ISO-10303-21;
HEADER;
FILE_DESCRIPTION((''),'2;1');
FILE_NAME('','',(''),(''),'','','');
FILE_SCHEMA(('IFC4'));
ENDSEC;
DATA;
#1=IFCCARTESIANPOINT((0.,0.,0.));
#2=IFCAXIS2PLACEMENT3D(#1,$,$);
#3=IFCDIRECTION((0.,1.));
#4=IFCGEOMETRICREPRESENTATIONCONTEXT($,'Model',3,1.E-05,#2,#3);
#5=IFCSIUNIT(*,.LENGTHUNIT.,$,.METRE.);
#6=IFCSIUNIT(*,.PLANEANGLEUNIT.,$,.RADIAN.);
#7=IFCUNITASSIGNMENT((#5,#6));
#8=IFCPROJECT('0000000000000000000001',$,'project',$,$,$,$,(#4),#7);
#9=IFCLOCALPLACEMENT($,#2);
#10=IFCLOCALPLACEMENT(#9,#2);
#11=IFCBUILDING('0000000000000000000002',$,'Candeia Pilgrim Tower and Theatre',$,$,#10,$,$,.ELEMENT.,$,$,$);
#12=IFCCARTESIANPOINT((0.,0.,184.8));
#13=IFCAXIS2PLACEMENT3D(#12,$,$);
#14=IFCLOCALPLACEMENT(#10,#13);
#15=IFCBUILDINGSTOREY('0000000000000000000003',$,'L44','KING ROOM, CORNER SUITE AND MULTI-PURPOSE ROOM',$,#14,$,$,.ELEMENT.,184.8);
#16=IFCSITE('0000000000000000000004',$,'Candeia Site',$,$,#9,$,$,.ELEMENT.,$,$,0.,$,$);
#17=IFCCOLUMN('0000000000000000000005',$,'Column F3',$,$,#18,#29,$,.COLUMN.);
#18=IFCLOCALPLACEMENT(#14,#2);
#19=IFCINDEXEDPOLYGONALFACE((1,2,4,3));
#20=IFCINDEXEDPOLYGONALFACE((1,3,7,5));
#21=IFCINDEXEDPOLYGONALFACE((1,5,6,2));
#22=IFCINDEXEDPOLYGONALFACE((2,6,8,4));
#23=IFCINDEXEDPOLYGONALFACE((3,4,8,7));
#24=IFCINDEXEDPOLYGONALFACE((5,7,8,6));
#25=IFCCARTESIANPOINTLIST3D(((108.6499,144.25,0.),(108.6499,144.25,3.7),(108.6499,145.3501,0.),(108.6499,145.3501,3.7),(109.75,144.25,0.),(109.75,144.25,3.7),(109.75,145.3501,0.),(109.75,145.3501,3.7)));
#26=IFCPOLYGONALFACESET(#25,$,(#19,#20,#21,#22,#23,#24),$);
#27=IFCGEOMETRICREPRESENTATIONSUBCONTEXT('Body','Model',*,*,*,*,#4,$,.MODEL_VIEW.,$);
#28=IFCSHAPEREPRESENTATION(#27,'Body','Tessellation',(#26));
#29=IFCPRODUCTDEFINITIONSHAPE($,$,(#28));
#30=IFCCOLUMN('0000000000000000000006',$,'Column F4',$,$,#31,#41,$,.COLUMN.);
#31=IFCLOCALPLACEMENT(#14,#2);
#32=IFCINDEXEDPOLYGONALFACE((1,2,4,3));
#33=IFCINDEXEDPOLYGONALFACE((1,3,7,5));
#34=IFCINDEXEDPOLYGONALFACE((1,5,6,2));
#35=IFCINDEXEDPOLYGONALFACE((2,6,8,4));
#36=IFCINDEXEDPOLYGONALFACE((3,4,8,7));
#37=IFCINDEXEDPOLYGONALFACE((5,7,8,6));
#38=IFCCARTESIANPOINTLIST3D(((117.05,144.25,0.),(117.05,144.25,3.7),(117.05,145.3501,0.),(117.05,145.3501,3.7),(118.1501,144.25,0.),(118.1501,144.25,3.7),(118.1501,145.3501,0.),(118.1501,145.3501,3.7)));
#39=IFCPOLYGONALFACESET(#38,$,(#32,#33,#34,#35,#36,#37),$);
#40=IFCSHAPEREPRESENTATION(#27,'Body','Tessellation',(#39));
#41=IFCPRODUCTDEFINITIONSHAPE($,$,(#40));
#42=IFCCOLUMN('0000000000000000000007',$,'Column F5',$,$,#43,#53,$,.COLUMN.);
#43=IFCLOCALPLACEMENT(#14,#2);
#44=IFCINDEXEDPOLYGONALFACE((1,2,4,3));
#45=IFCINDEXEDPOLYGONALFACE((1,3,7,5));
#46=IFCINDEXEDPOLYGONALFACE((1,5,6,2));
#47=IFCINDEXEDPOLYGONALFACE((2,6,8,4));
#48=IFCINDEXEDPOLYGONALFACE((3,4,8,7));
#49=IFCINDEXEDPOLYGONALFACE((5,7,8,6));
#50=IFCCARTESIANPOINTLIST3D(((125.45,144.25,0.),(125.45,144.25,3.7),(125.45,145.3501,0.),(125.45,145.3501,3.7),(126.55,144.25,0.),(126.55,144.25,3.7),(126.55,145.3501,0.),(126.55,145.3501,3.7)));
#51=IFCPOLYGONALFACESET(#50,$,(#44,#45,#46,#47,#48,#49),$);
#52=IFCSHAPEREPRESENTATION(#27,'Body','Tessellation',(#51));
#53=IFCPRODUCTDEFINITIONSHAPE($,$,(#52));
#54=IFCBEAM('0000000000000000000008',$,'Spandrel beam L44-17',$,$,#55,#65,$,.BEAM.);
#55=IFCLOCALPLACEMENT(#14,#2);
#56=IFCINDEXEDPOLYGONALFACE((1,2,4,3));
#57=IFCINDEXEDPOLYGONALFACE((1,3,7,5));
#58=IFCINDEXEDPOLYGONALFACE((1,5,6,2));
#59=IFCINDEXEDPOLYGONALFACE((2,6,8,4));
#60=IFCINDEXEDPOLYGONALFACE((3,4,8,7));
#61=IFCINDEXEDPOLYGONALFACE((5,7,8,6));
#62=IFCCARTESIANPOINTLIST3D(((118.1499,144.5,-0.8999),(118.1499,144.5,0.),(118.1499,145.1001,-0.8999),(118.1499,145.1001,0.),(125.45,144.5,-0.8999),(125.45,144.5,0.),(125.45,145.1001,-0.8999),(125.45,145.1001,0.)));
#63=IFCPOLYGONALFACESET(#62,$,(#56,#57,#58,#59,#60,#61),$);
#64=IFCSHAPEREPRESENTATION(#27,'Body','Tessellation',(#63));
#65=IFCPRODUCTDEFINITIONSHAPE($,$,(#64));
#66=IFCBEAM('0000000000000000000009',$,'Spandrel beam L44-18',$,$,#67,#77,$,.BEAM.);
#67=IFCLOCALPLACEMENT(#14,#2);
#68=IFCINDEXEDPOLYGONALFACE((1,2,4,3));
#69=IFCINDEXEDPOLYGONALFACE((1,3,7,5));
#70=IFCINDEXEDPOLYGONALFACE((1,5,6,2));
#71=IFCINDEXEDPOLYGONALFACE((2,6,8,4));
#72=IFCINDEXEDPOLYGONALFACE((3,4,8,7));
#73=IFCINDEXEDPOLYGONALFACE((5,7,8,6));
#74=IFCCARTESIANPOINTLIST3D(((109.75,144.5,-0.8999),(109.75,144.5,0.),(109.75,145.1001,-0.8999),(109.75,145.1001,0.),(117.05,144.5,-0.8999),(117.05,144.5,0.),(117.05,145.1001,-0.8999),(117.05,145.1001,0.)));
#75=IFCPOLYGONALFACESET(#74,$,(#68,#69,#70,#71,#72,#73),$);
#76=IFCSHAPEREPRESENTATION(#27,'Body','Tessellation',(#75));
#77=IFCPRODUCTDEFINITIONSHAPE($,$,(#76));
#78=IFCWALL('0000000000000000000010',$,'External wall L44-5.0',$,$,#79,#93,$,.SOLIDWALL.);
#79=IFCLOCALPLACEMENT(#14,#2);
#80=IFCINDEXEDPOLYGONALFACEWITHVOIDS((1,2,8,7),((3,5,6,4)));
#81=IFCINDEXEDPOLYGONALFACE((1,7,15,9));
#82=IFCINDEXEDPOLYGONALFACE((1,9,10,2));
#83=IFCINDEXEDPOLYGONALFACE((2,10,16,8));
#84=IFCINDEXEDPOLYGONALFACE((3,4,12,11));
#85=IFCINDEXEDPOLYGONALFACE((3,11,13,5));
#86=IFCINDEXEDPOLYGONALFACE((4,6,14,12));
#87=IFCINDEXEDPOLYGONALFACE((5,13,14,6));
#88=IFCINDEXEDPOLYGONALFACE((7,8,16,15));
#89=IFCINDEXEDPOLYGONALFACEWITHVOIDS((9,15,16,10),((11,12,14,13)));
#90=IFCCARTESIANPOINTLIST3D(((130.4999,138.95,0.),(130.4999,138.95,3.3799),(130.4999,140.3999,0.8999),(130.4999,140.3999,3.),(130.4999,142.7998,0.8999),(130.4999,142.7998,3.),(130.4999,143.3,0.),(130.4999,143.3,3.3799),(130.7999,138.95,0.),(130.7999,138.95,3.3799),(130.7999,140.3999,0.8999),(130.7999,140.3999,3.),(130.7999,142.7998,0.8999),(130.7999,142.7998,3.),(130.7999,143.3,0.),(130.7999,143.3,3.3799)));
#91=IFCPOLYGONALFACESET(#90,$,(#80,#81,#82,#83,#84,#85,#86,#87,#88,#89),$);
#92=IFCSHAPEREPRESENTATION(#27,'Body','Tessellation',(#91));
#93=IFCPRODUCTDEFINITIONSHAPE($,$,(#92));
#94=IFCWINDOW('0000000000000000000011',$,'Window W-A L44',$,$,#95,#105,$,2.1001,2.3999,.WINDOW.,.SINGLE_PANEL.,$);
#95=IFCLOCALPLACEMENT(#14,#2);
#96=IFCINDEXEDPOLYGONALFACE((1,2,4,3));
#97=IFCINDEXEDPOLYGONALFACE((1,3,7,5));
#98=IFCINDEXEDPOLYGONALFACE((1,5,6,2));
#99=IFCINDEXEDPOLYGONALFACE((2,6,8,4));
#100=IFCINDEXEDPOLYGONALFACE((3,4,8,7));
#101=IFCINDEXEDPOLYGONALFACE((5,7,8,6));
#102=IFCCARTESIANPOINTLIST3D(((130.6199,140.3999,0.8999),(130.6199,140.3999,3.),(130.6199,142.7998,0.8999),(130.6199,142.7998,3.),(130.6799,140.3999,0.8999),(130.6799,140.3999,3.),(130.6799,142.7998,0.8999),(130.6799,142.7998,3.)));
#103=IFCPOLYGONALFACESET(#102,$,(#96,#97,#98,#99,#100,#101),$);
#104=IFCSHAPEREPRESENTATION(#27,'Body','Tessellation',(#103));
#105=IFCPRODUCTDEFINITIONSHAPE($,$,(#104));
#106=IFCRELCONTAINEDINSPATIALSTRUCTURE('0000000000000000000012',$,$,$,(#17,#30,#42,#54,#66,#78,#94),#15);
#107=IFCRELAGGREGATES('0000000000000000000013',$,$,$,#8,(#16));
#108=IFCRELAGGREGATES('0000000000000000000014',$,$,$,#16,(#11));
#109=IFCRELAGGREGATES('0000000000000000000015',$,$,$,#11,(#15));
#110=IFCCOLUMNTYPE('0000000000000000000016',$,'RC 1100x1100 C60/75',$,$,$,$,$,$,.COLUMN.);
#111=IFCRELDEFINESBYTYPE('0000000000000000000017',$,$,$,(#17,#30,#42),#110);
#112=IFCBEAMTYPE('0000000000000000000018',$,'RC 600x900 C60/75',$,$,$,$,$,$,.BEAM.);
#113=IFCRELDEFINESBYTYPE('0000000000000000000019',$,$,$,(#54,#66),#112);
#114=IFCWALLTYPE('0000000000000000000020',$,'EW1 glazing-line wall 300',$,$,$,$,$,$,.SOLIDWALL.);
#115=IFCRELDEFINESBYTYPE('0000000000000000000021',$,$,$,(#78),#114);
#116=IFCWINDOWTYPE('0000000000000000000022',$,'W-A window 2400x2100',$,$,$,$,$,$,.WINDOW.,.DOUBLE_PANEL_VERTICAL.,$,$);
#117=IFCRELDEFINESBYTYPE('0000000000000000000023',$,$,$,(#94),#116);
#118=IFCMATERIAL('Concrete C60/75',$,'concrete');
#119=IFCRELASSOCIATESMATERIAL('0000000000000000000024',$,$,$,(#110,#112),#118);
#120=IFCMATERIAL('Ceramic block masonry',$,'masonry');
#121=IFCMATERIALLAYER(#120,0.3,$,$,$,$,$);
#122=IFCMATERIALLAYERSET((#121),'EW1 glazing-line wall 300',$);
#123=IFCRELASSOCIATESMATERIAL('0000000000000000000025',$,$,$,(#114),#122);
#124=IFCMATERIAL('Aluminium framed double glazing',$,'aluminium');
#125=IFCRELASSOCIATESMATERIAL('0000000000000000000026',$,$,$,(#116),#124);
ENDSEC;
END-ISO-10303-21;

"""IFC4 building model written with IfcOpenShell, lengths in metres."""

from ifc_helpers import new_model, si_unit, direction, frame, frame_2d, origin, origin_2d, place, context, subcontext, project, spatial, rectangle, extrude, material, layer, layer_set, material_profile, profile_set, type_object, element, fill, save


model = new_model("IFC4")

# Units and contexts
model_context = context("Model", 3, precision=1e-05, world=origin(), true_north=direction((0.0, 1.0)))
body_context = subcontext(model_context, "Body", "Model", "MODEL_VIEW")
ifc_project = project(units=[si_unit("LENGTHUNIT", "METRE"), si_unit("PLANEANGLEUNIT", "RADIAN")], contexts=[model_context])

# Site, building, storey
site_placement = place(None, origin())
site = spatial("IfcSite", under=ifc_project, at=site_placement, Name="Candeia Site", CompositionType="ELEMENT", RefElevation=0.0)
building_placement = place(site_placement, origin())
building = spatial("IfcBuilding", under=site, at=building_placement, Name="Candeia Pilgrim Tower and Theatre", CompositionType="ELEMENT")
storey_placement = place(building_placement, frame((0.0, 0.0, 184.8)))
storey = spatial("IfcBuildingStorey", under=building, at=storey_placement, Name="L44", Description="KING ROOM, CORNER SUITE AND MULTI-PURPOSE ROOM", CompositionType="ELEMENT", Elevation=184.8)

# Columns
ifc_material_1 = material(Name="Concrete C60/75", Category="concrete")
ifc_material_profile_1 = material_profile(ifc_material_1, rectangle(XDim=1.1001, YDim=1.1001, at=origin_2d()))
ifc_profile_set_1 = profile_set([ifc_material_profile_1], Name="Concrete C60/75")
column_type = type_object("IfcColumnType", Name="RC 1100x1100 C60/75", PredefinedType="COLUMN", material=ifc_profile_set_1)
for number, where, z_axis, x_axis, name in (
    (1, (109.2, 144.8, 0.0), (0.0, 0.0, 1.0), (1.0, 0.0, 0.0), "Column F3"),
    (2, (117.6001, 144.8, 0.0), (0.0, 0.0, 1.0), (1.0, 0.0, 0.0), "Column F4"),
    (3, (126.0, 144.8, 0.0), (0.0, 0.0, 1.0), (1.0, 0.0, 0.0), "Column F5"),
):
    element("IfcColumn", number, at=place(storey_placement, frame(where, z_axis=z_axis, x_axis=x_axis)), inside=storey, type_object=column_type, Name=name, PredefinedType="COLUMN", context=body_context, shape_type="SweptSolid", body=[
        extrude(rectangle(XDim=1.1001, YDim=1.1001, at=origin_2d()), origin(), (0.0, 0.0, 1.0), 3.7),
    ])

# Beams
ifc_material_profile_2 = material_profile(ifc_material_1, rectangle(XDim=0.6001, YDim=0.8999, at=origin_2d()))
ifc_profile_set_2 = profile_set([ifc_material_profile_2], Name="Concrete C60/75")
beam_type = type_object("IfcBeamType", Name="RC 600x900 C60/75", PredefinedType="BEAM", material=ifc_profile_set_2)
for number, where, z_axis, x_axis, name in (
    (4, (125.45, 144.8, -0.45), (-1.0, 0.0, 0.0), (0.0, -1.0, 0.0), "Spandrel beam L44-17"),
    (5, (117.05, 144.8, -0.45), (-1.0, 0.0, 0.0), (0.0, -1.0, 0.0), "Spandrel beam L44-18"),
):
    element("IfcBeam", number, at=place(storey_placement, frame(where, z_axis=z_axis, x_axis=x_axis)), inside=storey, type_object=beam_type, Name=name, PredefinedType="BEAM", context=body_context, shape_type="SweptSolid", body=[
        extrude(rectangle(XDim=0.6001, YDim=0.8999, at=origin_2d()), origin(), (0.0, 0.0, 1.0), 7.3),
    ])

# Wall, opening, window
ifc_material_2 = material(Name="Ceramic block masonry", Category="masonry")
ifc_layer_1 = layer(ifc_material_2, 0.3)
ifc_layer_set_1 = layer_set([ifc_layer_1], Name="EW1 glazing-line wall 300")
wall_type_1 = type_object("IfcWallType", Name="EW1 glazing-line wall 300", PredefinedType="SOLIDWALL", material=ifc_layer_set_1)
wall_1_placement = place(storey_placement, frame((130.6499, 138.95, 0.0), z_axis=(0.0, 0.0, 1.0), x_axis=(0.0, 1.0, 0.0)))
wall_1 = element("IfcWall", 6, at=wall_1_placement, inside=storey, type_object=wall_type_1, Name="External wall L44-5.0", PredefinedType="SOLIDWALL", context=body_context, shape_type="SweptSolid", body=[
    extrude(rectangle(XDim=4.3501, YDim=0.3, at=frame_2d((2.175, 0.0))), origin(), (0.0, 0.0, 1.0), 3.3799),
])
opening_1_placement = place(wall_1_placement, frame((1.45, 0.0, 0.8999)))
opening_1 = element("IfcOpeningElement", 7, at=opening_1_placement, cuts=wall_1, PredefinedType="OPENING", context=body_context, shape_type="SweptSolid", body=[
    extrude(rectangle(XDim=2.3999, YDim=2.1001, at=frame_2d((1.2, 1.05))), frame((0.0, 0.1602, 0.0), z_axis=(0.0, -1.0, 0.0), x_axis=(1.0, 0.0, 0.0)), (0.0, 0.0, 1.0), 0.3201),
])
ifc_material_3 = material(Name="Aluminium framed double glazing", Category="aluminium")
window_type_1 = type_object("IfcWindowType", Name="W-A window 2400x2100", PartitioningType="DOUBLE_PANEL_VERTICAL", PredefinedType="WINDOW", material=ifc_material_3)
window_1_placement = place(opening_1_placement, origin())
window_1 = element("IfcWindow", 8, at=window_1_placement, inside=storey, type_object=window_type_1, Name="Window W-A L44", OverallHeight=2.1001, OverallWidth=2.3999, PartitioningType="SINGLE_PANEL", PredefinedType="WINDOW", context=body_context, shape_type="SweptSolid", body=[
    extrude(rectangle(XDim=2.3999, YDim=2.1001, at=frame_2d((1.2, 1.05))), frame((0.0, 0.03, 0.0), z_axis=(0.0, -1.0, 0.0), x_axis=(1.0, 0.0, 0.0)), (0.0, 0.0, 1.0), 0.0601),
])
fill(opening_1, window_1)

save(model, "model.ifc")
